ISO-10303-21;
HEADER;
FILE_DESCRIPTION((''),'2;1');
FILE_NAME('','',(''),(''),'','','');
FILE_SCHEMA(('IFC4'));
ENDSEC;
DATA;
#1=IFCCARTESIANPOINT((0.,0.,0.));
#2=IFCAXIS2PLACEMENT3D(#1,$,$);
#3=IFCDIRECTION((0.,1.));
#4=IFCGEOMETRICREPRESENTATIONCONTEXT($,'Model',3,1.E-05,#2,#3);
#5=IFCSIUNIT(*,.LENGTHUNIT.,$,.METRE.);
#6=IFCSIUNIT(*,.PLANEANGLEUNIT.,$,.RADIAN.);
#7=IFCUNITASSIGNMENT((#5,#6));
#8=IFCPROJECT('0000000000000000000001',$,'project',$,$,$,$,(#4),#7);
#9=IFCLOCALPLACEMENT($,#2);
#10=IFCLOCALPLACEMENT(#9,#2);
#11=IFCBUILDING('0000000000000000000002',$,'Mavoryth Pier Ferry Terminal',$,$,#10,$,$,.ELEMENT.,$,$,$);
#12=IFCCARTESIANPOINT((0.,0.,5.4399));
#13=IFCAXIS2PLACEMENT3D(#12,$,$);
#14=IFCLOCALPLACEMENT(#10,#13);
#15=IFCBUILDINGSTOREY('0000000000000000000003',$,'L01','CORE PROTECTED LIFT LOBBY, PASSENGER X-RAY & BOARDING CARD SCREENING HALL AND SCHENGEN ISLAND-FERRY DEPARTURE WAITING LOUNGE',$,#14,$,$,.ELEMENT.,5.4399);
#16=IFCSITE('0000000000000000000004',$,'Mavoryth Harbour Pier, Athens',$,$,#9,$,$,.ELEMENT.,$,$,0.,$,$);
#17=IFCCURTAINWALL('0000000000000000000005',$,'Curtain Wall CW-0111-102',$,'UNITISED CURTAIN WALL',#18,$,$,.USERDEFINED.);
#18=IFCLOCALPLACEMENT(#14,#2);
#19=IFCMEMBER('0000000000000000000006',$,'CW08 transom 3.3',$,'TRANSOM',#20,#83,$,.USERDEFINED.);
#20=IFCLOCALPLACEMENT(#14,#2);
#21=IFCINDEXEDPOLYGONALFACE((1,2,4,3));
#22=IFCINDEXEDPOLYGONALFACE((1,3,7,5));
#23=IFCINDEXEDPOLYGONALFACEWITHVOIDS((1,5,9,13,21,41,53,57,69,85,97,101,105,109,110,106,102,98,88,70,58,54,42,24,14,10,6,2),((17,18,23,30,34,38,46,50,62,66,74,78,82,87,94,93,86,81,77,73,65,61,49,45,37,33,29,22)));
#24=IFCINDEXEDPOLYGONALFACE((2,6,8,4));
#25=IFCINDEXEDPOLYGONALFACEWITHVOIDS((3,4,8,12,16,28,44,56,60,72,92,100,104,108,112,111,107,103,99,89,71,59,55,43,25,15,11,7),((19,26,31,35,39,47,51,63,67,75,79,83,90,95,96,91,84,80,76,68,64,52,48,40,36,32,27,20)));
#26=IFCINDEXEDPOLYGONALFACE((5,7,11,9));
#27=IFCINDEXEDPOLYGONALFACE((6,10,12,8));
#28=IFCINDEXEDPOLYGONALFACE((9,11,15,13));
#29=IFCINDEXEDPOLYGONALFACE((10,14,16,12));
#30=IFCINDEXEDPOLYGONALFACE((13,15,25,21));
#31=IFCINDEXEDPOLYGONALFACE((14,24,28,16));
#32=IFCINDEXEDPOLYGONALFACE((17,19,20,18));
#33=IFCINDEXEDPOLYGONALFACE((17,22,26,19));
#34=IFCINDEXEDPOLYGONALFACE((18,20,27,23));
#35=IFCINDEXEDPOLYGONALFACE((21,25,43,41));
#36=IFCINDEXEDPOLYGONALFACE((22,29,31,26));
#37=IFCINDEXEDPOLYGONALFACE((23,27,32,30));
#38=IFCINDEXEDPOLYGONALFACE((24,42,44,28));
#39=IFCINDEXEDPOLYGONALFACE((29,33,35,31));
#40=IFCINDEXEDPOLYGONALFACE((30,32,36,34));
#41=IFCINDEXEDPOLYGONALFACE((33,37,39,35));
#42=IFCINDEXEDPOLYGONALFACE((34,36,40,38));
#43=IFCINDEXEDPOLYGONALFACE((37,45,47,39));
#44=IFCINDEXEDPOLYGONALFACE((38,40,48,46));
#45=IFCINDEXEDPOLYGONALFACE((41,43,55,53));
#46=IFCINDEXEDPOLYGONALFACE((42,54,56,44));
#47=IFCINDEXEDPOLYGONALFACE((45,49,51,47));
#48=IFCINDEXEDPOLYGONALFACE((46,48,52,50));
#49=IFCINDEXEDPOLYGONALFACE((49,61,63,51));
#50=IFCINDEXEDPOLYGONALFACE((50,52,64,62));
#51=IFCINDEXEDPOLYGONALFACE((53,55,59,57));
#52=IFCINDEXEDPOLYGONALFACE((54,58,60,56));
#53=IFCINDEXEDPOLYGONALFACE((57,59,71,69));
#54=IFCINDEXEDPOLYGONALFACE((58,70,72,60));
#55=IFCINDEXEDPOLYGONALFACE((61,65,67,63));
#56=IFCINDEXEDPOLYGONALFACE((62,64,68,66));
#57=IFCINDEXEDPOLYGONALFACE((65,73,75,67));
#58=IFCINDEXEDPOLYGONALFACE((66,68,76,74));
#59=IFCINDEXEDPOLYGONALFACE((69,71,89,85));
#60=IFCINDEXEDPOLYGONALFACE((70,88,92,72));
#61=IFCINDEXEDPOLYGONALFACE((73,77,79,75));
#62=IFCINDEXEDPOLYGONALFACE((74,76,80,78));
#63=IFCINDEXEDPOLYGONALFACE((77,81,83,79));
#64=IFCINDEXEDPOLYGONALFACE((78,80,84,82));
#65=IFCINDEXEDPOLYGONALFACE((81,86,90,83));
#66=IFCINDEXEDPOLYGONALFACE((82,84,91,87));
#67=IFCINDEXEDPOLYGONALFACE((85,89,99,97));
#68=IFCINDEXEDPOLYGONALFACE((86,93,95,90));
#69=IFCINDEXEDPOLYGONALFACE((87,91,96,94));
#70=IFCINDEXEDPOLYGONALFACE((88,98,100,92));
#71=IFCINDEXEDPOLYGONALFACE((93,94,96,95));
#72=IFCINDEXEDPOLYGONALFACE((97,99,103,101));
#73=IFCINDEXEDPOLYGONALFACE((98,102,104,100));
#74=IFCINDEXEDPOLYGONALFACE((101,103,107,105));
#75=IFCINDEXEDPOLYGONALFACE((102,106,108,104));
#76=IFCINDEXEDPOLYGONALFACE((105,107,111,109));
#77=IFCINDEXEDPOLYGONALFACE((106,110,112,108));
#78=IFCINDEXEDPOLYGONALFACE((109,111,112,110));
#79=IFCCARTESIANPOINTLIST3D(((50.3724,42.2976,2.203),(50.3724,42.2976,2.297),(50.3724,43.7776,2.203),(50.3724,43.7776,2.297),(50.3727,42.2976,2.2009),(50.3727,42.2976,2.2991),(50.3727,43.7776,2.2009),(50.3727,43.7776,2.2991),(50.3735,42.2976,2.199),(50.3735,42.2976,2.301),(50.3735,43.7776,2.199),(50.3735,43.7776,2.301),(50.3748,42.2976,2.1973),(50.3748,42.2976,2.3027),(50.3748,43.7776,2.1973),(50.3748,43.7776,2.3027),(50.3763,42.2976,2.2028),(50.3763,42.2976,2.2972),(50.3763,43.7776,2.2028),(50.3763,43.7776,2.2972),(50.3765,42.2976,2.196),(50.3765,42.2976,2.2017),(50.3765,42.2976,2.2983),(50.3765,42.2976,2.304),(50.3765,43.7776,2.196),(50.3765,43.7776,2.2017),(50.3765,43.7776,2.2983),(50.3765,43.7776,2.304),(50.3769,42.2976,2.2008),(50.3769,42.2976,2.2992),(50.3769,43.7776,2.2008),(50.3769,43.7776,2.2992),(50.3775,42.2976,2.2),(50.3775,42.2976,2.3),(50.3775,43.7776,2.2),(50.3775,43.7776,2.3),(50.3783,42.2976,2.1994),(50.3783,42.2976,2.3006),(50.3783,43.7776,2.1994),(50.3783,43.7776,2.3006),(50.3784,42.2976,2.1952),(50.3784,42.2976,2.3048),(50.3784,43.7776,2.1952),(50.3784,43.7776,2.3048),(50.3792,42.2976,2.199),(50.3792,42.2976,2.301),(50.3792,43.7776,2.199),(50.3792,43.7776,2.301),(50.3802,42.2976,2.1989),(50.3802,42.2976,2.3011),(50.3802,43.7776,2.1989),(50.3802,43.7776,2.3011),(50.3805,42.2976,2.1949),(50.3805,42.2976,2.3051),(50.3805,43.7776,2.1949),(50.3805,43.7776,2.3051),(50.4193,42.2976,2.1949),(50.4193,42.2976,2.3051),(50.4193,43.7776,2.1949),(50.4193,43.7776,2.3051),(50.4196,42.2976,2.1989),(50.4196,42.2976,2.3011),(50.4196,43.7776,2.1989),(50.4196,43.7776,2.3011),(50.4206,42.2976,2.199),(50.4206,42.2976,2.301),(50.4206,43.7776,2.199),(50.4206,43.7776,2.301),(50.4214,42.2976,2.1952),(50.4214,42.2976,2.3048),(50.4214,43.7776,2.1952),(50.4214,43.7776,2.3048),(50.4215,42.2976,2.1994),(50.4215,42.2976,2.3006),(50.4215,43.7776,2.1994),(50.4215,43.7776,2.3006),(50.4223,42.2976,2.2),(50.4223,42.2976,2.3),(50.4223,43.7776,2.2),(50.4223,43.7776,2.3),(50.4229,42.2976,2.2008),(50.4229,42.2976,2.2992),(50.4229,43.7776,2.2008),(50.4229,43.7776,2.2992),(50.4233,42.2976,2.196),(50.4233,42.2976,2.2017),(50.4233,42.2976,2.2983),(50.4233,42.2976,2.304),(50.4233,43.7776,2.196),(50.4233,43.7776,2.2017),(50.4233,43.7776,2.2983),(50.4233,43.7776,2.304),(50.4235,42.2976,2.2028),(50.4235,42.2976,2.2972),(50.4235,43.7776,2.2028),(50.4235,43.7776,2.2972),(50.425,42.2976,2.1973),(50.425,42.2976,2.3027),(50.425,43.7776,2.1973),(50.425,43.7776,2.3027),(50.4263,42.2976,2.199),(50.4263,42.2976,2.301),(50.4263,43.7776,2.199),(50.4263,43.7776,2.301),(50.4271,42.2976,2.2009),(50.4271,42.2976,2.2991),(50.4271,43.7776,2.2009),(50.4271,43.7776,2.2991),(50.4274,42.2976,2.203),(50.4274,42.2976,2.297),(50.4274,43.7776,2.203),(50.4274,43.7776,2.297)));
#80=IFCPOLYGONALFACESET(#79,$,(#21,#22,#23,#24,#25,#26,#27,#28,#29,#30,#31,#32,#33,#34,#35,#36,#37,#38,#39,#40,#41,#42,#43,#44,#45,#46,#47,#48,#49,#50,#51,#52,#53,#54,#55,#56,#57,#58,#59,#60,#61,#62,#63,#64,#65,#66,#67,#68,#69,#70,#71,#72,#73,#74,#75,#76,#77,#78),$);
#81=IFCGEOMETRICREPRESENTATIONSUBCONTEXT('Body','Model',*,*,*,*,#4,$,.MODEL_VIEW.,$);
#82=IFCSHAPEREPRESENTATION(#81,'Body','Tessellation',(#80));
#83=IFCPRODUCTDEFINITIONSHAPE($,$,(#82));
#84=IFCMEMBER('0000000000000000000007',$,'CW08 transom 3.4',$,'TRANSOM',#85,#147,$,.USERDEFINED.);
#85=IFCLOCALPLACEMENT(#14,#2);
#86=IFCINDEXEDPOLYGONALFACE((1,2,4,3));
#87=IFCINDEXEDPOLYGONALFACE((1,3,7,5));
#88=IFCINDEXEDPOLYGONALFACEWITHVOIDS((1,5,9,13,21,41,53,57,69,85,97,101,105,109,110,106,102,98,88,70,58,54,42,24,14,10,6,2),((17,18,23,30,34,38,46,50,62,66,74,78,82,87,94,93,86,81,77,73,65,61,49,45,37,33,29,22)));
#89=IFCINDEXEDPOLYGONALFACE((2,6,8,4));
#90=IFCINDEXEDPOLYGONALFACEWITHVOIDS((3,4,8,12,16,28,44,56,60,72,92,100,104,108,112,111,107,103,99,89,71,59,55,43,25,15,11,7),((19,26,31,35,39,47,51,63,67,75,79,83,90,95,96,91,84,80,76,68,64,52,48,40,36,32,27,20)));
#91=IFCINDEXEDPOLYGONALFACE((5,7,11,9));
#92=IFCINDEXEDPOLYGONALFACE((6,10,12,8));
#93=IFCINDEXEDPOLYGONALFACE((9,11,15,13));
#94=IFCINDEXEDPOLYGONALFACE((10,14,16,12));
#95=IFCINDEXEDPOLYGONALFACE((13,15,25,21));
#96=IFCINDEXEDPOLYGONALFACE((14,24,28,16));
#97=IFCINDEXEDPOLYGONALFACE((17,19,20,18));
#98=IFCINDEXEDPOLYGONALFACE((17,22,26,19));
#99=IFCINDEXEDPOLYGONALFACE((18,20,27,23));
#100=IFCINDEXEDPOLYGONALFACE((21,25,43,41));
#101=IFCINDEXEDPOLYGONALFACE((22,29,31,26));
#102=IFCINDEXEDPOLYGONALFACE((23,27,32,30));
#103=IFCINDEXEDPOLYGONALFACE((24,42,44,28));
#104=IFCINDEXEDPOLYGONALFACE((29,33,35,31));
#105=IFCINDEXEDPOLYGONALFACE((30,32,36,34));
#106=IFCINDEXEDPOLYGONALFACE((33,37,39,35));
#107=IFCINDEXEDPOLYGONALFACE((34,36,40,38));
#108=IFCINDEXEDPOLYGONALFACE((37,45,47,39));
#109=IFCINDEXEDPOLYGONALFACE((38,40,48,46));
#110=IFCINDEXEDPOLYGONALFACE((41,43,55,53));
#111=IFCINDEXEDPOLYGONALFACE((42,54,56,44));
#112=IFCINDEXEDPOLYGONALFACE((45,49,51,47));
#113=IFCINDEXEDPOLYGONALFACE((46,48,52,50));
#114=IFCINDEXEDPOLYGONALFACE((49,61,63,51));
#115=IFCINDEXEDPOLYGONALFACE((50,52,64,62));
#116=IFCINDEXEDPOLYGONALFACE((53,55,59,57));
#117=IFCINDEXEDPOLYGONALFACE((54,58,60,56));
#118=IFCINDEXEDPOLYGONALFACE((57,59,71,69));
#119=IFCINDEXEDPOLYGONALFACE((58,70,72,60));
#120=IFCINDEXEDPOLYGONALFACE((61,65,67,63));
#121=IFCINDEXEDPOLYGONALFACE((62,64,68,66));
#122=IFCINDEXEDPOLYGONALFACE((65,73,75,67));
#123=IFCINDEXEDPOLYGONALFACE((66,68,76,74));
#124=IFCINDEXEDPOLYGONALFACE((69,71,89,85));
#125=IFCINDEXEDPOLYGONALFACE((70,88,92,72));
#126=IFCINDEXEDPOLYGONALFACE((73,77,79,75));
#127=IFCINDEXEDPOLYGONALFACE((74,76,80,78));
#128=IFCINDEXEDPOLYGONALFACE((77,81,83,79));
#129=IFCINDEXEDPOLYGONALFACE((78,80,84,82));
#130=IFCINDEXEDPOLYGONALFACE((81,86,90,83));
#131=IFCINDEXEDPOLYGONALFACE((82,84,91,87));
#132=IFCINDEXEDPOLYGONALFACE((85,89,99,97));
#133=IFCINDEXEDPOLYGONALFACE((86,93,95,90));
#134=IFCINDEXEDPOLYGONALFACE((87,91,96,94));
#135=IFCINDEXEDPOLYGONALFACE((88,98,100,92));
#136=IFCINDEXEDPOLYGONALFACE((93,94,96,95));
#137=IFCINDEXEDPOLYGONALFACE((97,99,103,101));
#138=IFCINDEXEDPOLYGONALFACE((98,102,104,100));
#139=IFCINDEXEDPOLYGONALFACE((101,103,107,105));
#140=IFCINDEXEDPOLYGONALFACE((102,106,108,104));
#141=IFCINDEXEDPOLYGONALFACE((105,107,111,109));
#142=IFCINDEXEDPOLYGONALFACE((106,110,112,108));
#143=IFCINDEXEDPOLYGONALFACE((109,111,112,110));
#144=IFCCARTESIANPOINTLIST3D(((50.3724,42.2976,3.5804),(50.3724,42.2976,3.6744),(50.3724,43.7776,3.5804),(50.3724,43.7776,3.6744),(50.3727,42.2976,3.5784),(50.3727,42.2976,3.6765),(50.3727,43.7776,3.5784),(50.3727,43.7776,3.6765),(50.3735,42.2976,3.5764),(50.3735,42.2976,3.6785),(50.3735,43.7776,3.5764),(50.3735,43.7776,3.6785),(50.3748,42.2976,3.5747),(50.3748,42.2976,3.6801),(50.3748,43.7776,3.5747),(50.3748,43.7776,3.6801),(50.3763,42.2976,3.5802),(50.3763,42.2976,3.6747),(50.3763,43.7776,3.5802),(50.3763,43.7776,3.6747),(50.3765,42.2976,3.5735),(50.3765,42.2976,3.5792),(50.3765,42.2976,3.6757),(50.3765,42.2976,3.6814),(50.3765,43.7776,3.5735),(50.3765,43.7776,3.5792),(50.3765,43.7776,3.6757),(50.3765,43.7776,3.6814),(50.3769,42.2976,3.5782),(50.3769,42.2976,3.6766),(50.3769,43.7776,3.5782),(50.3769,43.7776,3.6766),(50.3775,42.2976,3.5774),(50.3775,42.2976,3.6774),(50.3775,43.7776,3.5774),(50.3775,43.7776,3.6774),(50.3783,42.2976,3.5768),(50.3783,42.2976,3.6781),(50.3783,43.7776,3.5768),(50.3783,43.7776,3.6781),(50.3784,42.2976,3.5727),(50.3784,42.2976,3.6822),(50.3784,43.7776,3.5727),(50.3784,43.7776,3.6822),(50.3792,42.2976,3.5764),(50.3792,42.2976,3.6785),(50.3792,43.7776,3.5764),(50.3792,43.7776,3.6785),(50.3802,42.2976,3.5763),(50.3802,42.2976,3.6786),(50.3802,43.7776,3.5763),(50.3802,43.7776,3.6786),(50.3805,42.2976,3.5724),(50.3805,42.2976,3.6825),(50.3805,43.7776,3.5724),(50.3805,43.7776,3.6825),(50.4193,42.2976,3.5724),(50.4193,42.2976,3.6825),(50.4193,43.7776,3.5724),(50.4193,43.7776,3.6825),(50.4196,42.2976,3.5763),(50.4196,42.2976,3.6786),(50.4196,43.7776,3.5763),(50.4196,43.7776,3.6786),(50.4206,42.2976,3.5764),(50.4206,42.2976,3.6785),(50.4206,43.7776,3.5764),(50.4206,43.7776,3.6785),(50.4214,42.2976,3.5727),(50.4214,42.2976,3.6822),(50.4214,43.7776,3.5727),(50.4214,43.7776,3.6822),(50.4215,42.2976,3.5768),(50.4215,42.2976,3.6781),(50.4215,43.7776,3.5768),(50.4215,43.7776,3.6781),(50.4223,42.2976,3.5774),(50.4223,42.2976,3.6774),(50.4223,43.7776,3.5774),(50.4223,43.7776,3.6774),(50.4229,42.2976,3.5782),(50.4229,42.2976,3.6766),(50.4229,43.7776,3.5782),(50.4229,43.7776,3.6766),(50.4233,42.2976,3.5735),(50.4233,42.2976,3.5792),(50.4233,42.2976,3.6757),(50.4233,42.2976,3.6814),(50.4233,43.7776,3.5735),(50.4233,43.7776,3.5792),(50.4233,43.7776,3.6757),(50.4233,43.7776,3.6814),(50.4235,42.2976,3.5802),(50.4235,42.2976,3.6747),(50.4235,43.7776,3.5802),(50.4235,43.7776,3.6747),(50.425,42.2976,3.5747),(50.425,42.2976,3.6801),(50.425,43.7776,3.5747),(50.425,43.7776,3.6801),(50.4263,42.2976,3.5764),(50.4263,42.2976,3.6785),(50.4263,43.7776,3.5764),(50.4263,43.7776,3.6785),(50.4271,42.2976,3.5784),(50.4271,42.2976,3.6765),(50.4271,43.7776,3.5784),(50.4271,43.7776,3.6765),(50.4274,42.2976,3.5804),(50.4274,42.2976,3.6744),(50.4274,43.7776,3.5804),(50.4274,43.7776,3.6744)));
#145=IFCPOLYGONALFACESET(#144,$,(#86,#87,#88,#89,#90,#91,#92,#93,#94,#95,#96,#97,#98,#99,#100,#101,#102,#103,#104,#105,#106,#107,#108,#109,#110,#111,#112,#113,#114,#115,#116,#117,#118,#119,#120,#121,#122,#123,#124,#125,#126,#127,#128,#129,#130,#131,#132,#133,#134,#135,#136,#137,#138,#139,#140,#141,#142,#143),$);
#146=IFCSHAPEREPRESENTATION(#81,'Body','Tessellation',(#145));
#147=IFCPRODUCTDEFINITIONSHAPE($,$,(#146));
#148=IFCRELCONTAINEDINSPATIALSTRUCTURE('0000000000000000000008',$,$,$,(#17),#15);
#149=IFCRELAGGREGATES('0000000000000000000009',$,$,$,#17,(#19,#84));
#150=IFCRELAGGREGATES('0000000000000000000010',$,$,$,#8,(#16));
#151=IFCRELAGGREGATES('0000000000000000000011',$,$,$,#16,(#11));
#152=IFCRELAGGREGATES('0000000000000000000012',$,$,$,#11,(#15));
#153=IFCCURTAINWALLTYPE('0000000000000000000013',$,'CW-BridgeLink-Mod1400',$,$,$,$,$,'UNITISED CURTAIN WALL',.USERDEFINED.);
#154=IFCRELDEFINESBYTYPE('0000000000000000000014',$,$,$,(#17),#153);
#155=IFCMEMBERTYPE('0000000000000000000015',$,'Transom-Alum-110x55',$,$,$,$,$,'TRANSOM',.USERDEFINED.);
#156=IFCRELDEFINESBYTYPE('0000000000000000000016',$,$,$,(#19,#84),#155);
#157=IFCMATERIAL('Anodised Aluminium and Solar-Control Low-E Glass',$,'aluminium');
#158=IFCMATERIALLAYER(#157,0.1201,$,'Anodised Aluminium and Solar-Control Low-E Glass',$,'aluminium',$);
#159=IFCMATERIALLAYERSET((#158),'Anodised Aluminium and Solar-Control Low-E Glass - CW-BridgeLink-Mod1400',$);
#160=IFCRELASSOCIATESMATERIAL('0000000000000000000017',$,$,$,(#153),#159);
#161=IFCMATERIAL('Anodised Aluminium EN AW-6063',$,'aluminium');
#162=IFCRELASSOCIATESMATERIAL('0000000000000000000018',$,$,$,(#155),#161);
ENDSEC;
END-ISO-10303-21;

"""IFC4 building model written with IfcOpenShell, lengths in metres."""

from ifc_helpers import new_model, si_unit, direction, frame, origin, origin_2d, place, context, subcontext, project, spatial, hollow_rectangle, extrude, material, layer, layer_set, material_profile, profile_set, type_object, element, aggregate, save


model = new_model("IFC4")

# Units and contexts
model_context = context("Model", 3, precision=1e-05, world=origin(), true_north=direction((0.0, 1.0)))
body_context = subcontext(model_context, "Body", "Model", "MODEL_VIEW")
ifc_project = project(units=[si_unit("LENGTHUNIT", "METRE"), si_unit("PLANEANGLEUNIT", "RADIAN")], contexts=[model_context])

# Site, building, storey
site_placement = place(None, origin())
site = spatial("IfcSite", under=ifc_project, at=site_placement, Name="Mavoryth Harbour Pier, Athens", CompositionType="ELEMENT", RefElevation=0.0)
building_placement = place(site_placement, origin())
building = spatial("IfcBuilding", under=site, at=building_placement, Name="Mavoryth Pier Ferry Terminal", CompositionType="ELEMENT")
storey_placement = place(building_placement, frame((0.0, 0.0, 5.4399)))
storey = spatial("IfcBuildingStorey", under=building, at=storey_placement, Name="L01", Description="CORE PROTECTED LIFT LOBBY, PASSENGER X-RAY & BOARDING CARD SCREENING HALL AND SCHENGEN ISLAND-FERRY DEPARTURE WAITING LOUNGE", CompositionType="ELEMENT", Elevation=5.4399)

# Curtain wall
ifc_material_1 = material(Name="Anodised Aluminium and Solar-Control Low-E Glass", Category="aluminium")
ifc_layer_1 = layer(ifc_material_1, 0.1201, Name="Anodised Aluminium and Solar-Control Low-E Glass", Category="aluminium")
ifc_layer_set_1 = layer_set([ifc_layer_1], Name="Anodised Aluminium and Solar-Control Low-E Glass - CW-BridgeLink-Mod1400")
curtain_wall_type = type_object("IfcCurtainWallType", Name="CW-BridgeLink-Mod1400", ElementType="UNITISED CURTAIN WALL", PredefinedType="USERDEFINED", material=ifc_layer_set_1)
curtain_wall_1_placement = place(storey_placement, origin())
curtain_wall_1 = element("IfcCurtainWall", 1, at=curtain_wall_1_placement, inside=storey, type_object=curtain_wall_type, Name="Curtain Wall CW-0111-102", ObjectType="UNITISED CURTAIN WALL", PredefinedType="USERDEFINED")
ifc_material_2 = material(Name="Anodised Aluminium EN AW-6063", Category="aluminium")

# Members
ifc_material_profile_1 = material_profile(ifc_material_2, hollow_rectangle(XDim=0.0549, YDim=0.1101, WallThickness=0.0039, InnerFilletRadius=0.0039, OuterFilletRadius=0.0081, at=origin_2d()), Name="AL-TRAN 110x55x4", Category="aluminium")
ifc_profile_set_1 = profile_set([ifc_material_profile_1], Name="Anodised Aluminium EN AW-6063 - AL-TRAN 110x55x4")
member_type_1 = type_object("IfcMemberType", Name="Transom-Alum-110x55", ElementType="TRANSOM", PredefinedType="USERDEFINED", material=ifc_profile_set_1)
member_1_placement = place(storey_placement, frame((50.3999, 43.7776, 2.25), z_axis=(0.0, -1.0, 0.0), x_axis=(1.0, 0.0, 0.0)))
member_1 = element("IfcMember", 2, at=member_1_placement, type_object=member_type_1, Name="CW08 transom 3.3", ObjectType="TRANSOM", PredefinedType="USERDEFINED", context=body_context, shape_type="SweptSolid", body=[
    extrude(hollow_rectangle(XDim=0.0549, YDim=0.1101, WallThickness=0.0039, InnerFilletRadius=0.0039, OuterFilletRadius=0.0081, at=origin_2d()), origin(), (0.0, 0.0, 1.0), 1.48),
])
member_2_placement = place(storey_placement, frame((50.3999, 43.7776, 3.6274), z_axis=(0.0, -1.0, 0.0), x_axis=(1.0, 0.0, 0.0)))
member_2 = element("IfcMember", 3, at=member_2_placement, type_object=member_type_1, Name="CW08 transom 3.4", ObjectType="TRANSOM", PredefinedType="USERDEFINED", context=body_context, shape_type="SweptSolid", body=[
    extrude(hollow_rectangle(XDim=0.0549, YDim=0.1101, WallThickness=0.0039, InnerFilletRadius=0.0039, OuterFilletRadius=0.0081, at=origin_2d()), origin(), (0.0, 0.0, 1.0), 1.48),
])

aggregate(curtain_wall_1, [member_1, member_2])

save(model, "model.ifc")
